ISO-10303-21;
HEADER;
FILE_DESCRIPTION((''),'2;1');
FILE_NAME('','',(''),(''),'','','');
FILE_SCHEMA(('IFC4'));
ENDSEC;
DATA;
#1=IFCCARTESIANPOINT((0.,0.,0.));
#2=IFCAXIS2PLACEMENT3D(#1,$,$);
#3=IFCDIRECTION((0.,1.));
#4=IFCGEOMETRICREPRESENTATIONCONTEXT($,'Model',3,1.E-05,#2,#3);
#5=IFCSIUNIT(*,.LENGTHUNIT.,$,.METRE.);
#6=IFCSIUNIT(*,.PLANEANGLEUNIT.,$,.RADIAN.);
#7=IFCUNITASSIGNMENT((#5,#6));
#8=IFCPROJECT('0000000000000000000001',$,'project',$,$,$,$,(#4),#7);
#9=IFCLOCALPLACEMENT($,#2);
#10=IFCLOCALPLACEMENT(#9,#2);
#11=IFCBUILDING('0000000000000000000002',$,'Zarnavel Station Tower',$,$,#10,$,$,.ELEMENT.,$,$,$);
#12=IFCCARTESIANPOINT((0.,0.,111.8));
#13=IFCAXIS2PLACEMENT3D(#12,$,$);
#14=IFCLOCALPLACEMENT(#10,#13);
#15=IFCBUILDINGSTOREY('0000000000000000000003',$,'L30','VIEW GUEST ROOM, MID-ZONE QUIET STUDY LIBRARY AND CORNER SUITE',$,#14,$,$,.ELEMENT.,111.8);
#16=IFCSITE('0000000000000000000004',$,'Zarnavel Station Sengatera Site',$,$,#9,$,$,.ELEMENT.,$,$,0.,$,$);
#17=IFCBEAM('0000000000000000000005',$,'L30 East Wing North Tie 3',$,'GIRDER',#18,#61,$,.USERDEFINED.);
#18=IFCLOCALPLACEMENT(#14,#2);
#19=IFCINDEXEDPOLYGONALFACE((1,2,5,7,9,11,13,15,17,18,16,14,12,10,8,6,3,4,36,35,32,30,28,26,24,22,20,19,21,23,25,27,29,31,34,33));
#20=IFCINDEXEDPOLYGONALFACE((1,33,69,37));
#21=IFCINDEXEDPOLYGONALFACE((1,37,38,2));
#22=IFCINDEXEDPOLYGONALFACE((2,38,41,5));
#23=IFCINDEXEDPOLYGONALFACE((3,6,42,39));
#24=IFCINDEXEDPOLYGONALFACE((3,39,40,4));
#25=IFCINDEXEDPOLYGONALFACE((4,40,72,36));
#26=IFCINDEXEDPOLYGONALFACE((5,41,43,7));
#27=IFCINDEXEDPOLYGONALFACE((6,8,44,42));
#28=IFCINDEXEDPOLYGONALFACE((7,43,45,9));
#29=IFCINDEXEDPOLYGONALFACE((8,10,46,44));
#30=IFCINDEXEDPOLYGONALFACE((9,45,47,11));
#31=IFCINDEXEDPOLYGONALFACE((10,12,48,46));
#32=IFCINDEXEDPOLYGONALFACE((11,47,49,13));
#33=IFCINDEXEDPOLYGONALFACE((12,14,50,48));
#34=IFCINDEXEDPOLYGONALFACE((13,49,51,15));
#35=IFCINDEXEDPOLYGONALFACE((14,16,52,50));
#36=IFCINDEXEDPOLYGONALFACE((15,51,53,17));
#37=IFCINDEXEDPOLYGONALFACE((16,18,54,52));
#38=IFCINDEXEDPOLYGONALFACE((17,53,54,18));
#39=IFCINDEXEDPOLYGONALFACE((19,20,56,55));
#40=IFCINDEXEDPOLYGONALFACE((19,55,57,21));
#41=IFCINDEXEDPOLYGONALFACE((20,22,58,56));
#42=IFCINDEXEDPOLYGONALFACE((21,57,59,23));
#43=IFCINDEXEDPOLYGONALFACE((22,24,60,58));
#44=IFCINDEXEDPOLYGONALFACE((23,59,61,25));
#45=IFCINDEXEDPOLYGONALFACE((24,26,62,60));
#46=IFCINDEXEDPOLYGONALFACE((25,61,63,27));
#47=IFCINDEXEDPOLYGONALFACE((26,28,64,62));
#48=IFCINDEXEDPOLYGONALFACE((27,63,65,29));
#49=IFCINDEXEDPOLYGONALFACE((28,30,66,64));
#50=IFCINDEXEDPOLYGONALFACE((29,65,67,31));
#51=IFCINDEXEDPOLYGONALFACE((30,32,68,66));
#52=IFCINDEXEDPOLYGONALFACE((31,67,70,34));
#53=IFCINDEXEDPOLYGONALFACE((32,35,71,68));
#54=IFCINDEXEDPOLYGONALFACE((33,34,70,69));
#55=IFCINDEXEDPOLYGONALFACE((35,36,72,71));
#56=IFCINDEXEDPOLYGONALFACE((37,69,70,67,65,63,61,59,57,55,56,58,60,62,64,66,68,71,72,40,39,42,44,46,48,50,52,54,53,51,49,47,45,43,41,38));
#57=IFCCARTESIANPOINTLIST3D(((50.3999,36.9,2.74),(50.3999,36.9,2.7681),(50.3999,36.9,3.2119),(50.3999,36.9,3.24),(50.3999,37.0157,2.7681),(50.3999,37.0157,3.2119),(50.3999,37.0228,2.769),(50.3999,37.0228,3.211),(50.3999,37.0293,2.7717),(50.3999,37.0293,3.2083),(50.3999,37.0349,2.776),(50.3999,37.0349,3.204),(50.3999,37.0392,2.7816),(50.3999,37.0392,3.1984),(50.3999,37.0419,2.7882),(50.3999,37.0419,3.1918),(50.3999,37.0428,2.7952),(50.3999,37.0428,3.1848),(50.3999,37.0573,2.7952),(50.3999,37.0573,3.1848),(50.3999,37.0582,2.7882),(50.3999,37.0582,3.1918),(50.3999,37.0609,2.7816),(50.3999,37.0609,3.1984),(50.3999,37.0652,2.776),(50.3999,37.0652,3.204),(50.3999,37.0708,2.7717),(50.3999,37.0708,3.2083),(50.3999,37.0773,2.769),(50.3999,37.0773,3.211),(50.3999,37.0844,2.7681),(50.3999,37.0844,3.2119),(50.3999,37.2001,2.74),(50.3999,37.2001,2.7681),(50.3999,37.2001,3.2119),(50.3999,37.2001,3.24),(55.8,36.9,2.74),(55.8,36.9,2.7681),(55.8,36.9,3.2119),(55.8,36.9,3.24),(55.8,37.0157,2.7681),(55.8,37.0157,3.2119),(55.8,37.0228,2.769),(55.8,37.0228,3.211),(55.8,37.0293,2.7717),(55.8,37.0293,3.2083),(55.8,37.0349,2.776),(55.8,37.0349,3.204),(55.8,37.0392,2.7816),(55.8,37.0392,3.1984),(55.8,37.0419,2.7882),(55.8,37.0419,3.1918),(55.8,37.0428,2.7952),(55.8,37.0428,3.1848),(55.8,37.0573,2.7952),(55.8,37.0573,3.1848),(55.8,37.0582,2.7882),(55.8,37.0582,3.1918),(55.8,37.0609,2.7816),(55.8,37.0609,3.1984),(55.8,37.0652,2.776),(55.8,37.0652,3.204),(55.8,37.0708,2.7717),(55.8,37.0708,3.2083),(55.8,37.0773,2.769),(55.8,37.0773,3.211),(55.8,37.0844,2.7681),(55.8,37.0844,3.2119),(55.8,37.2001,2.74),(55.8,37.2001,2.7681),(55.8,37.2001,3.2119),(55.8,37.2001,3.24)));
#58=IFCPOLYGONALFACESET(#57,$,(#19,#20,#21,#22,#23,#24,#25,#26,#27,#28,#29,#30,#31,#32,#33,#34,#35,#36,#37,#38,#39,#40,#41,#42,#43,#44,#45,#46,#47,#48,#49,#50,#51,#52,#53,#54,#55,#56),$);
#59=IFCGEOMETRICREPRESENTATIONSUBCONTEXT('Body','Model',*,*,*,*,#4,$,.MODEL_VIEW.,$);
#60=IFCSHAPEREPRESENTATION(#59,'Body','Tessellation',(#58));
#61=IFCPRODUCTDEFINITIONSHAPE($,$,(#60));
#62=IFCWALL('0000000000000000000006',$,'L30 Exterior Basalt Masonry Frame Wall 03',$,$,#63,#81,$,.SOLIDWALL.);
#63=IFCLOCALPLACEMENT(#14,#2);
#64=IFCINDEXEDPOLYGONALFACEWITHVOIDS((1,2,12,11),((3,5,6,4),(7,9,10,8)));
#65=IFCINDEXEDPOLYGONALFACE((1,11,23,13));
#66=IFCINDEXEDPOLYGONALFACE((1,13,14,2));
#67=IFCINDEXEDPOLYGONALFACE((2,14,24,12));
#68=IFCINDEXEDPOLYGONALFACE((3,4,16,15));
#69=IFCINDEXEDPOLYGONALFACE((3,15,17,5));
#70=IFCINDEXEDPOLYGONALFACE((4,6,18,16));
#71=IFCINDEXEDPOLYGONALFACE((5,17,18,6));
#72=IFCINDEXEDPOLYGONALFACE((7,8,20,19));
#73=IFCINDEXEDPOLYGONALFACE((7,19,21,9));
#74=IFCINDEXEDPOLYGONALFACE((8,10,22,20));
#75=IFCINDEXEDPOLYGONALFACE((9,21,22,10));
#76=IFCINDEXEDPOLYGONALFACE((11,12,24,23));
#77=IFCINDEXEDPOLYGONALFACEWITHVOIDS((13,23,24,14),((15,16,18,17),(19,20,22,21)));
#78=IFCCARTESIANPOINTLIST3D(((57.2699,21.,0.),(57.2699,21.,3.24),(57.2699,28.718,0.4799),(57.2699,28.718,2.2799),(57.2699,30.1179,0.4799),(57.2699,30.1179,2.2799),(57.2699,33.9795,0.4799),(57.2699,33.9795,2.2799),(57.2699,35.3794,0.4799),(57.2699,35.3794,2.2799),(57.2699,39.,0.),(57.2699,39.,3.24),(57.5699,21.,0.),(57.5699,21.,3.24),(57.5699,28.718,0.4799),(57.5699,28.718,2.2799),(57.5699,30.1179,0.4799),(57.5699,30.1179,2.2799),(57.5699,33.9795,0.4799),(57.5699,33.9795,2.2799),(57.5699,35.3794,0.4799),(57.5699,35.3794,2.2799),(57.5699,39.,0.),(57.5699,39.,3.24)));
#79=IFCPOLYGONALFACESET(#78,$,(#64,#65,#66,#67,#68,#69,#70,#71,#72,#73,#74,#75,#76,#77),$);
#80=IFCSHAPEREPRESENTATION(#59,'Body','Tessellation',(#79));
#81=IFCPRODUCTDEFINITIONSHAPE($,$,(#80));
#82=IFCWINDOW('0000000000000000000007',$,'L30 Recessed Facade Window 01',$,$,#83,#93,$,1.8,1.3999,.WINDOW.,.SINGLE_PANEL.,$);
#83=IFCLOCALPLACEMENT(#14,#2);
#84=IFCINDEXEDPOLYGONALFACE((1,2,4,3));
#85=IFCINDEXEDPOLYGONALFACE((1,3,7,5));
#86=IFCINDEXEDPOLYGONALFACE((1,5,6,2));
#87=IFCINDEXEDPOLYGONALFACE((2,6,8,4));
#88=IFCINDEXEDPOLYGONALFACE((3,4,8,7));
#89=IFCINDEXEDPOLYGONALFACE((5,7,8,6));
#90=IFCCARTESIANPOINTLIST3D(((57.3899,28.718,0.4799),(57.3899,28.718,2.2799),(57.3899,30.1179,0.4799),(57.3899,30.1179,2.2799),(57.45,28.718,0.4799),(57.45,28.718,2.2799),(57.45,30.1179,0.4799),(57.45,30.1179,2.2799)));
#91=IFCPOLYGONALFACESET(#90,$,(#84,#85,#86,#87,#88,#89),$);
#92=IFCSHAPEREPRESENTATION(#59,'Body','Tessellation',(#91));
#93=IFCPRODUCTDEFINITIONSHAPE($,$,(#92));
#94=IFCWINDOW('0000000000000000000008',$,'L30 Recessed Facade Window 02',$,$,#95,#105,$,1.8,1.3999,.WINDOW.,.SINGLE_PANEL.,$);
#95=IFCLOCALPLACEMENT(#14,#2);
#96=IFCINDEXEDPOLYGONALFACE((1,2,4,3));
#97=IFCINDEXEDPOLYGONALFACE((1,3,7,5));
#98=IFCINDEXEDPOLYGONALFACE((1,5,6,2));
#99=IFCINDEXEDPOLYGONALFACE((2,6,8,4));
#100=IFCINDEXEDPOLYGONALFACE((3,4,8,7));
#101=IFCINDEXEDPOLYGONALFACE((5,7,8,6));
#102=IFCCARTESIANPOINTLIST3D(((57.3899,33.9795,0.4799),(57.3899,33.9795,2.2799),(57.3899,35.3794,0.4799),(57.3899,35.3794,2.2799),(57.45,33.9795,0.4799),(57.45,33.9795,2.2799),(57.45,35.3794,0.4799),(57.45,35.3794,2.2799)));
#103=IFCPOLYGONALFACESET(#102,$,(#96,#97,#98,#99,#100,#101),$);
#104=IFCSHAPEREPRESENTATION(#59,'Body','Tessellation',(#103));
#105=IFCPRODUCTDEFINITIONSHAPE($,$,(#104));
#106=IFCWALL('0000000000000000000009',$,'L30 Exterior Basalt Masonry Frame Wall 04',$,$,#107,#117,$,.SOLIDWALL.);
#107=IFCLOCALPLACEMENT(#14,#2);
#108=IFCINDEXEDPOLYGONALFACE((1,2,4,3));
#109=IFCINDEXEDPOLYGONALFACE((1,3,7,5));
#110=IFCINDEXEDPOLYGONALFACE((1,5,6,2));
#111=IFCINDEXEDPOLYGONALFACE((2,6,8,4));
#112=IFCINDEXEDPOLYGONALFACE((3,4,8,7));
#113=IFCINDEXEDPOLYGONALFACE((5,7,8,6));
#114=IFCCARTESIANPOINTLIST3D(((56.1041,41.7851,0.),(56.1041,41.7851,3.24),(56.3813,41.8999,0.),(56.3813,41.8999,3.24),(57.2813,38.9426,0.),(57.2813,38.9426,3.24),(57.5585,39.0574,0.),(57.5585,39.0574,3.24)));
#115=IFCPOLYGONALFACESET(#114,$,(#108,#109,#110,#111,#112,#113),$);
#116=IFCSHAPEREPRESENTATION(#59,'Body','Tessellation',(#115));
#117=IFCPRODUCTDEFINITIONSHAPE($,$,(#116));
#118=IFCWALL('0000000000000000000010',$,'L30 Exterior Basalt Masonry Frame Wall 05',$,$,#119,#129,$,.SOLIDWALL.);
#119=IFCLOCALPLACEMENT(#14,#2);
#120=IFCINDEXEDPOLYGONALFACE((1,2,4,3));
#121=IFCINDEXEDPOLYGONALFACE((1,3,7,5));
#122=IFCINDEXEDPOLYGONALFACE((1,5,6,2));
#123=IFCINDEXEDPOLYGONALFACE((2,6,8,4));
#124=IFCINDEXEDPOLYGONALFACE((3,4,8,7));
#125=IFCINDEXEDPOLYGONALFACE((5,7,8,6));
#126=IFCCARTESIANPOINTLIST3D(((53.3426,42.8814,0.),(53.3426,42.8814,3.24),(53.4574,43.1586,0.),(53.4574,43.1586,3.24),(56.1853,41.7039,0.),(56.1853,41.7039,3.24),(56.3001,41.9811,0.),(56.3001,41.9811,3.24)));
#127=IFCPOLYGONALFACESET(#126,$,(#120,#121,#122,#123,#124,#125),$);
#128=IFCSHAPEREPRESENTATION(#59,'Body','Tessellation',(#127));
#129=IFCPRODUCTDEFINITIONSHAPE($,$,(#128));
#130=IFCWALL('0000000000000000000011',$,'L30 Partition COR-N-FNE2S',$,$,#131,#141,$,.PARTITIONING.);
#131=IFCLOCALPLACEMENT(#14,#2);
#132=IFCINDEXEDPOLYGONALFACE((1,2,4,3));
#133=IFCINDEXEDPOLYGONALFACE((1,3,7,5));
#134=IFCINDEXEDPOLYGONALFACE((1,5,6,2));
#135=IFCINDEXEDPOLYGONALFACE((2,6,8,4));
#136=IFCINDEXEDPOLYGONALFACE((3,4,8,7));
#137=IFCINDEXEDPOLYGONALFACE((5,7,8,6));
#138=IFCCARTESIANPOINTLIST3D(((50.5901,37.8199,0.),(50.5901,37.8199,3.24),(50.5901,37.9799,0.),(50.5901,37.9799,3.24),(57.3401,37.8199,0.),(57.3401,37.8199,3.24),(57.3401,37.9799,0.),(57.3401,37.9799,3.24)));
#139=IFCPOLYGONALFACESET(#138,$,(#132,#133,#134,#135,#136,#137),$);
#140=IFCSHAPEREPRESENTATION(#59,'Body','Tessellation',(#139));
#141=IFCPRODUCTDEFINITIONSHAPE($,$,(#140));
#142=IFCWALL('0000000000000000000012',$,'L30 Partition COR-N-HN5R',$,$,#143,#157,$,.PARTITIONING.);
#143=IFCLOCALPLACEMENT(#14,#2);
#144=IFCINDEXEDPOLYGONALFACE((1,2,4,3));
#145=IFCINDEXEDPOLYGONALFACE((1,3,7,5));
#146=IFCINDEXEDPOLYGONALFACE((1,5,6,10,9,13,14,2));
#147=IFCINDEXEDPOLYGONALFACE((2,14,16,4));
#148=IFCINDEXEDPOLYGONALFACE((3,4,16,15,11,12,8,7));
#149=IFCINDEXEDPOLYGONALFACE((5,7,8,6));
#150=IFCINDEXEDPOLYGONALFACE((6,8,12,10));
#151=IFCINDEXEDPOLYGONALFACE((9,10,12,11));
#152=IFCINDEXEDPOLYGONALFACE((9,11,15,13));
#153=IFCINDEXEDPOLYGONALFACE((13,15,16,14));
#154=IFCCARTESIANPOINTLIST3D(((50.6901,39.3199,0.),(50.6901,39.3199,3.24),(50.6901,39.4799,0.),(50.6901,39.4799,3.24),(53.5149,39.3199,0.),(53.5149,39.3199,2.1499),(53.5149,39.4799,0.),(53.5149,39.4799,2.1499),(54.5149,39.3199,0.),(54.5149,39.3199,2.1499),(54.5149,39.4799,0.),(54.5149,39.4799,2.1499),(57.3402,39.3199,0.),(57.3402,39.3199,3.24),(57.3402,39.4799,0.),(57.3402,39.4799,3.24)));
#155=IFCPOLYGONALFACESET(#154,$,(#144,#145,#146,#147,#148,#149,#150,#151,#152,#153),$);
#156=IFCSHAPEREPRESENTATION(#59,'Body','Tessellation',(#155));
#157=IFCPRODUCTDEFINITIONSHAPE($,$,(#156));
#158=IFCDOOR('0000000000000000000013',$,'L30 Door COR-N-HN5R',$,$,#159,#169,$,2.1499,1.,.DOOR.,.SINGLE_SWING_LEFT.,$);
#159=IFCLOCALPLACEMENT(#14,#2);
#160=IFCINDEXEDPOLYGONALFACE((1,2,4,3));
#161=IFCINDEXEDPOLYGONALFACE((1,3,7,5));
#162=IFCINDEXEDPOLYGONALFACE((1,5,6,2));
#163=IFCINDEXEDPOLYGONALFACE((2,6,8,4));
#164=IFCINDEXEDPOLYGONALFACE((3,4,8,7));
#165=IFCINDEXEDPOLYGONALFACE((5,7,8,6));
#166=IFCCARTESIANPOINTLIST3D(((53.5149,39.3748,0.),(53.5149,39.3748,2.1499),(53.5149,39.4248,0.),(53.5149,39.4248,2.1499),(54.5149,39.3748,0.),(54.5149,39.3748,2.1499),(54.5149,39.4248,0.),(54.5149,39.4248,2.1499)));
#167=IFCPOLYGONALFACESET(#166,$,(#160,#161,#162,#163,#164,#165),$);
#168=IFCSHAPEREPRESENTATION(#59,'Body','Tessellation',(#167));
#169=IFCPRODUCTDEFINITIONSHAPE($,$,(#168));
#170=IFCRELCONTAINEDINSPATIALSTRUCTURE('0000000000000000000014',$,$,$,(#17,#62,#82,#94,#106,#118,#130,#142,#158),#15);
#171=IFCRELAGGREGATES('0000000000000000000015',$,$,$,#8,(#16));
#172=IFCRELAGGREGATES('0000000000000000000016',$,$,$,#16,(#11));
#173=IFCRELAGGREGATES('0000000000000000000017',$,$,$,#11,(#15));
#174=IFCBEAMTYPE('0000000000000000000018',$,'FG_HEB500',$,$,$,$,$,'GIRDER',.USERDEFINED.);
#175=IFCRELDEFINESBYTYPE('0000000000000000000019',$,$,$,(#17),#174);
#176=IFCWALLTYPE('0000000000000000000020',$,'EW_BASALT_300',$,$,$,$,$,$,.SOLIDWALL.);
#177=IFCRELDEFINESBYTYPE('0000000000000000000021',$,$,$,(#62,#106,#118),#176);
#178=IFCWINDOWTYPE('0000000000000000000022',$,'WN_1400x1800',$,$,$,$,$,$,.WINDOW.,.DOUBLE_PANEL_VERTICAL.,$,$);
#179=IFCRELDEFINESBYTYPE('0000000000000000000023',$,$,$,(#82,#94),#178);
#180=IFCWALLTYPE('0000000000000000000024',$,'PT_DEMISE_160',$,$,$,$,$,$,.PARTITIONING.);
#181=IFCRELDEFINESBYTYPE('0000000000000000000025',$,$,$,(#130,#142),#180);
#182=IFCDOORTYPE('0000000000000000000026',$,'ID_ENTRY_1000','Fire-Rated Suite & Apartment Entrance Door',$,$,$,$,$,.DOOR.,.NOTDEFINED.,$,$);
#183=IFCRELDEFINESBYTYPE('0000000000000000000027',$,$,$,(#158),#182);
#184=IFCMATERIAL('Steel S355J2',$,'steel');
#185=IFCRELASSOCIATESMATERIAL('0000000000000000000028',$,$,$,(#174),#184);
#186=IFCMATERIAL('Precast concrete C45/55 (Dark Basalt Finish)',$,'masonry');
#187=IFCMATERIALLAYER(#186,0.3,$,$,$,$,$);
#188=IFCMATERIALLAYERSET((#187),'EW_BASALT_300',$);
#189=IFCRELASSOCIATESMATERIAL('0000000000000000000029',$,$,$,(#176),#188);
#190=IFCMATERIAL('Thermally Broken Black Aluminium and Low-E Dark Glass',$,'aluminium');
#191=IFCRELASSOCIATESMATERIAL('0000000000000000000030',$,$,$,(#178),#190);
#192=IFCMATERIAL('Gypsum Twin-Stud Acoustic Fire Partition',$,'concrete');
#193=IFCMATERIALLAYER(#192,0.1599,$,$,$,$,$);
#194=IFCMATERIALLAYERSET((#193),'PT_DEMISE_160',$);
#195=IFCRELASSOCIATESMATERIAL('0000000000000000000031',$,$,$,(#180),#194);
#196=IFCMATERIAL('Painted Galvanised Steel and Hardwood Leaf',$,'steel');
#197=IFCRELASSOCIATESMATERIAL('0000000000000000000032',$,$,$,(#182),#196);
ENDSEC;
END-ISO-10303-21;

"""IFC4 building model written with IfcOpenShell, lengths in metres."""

from ifc_helpers import new_model, si_unit, direction, frame, frame_2d, origin, origin_2d, place, context, subcontext, project, spatial, rectangle, i_section, extrude, material, layer, layer_set, material_profile, profile_set, type_object, element, fill, save


model = new_model("IFC4")

# Units and contexts
model_context = context("Model", 3, precision=1e-05, world=origin(), true_north=direction((0.0, 1.0)))
body_context = subcontext(model_context, "Body", "Model", "MODEL_VIEW")
ifc_project = project(units=[si_unit("LENGTHUNIT", "METRE"), si_unit("PLANEANGLEUNIT", "RADIAN")], contexts=[model_context])

# Site, building, storey
site_placement = place(None, origin())
site = spatial("IfcSite", under=ifc_project, at=site_placement, Name="Zarnavel Station Sengatera Site", CompositionType="ELEMENT", RefElevation=0.0)
building_placement = place(site_placement, origin())
building = spatial("IfcBuilding", under=site, at=building_placement, Name="Zarnavel Station Tower", CompositionType="ELEMENT")
storey_placement = place(building_placement, frame((0.0, 0.0, 111.8)))
storey = spatial("IfcBuildingStorey", under=building, at=storey_placement, Name="L30", Description="VIEW GUEST ROOM, MID-ZONE QUIET STUDY LIBRARY AND CORNER SUITE", CompositionType="ELEMENT", Elevation=111.8)

# Beam
ifc_material_1 = material(Name="Steel S355J2", Category="steel")
ifc_material_profile_1 = material_profile(ifc_material_1, i_section(OverallWidth=0.3, OverallDepth=0.5, WebThickness=0.0144, FlangeThickness=0.0281, FilletRadius=0.0271, at=origin_2d()), Name="HEB500")
ifc_profile_set_1 = profile_set([ifc_material_profile_1], Name="Steel S355J2")
beam_type = type_object("IfcBeamType", Name="FG_HEB500", ElementType="GIRDER", PredefinedType="USERDEFINED", material=ifc_profile_set_1)
beam_1_placement = place(storey_placement, frame((50.3999, 37.05, 2.99), z_axis=(1.0, 0.0, 0.0), x_axis=(0.0, 1.0, 0.0)))
element("IfcBeam", 1, at=beam_1_placement, inside=storey, type_object=beam_type, Name="L30 East Wing North Tie 3", ObjectType="GIRDER", PredefinedType="USERDEFINED", context=body_context, shape_type="SweptSolid", body=[
    extrude(i_section(OverallWidth=0.3, OverallDepth=0.5, WebThickness=0.0144, FlangeThickness=0.0281, FilletRadius=0.0271, at=origin_2d()), origin(), (0.0, 0.0, 1.0), 5.4001),
])

# Wall, openings, windows
ifc_material_2 = material(Name="Precast concrete C45/55 (Dark Basalt Finish)", Category="masonry")
ifc_layer_1 = layer(ifc_material_2, 0.3)
ifc_layer_set_1 = layer_set([ifc_layer_1], Name="EW_BASALT_300")
wall_type_1 = type_object("IfcWallType", Name="EW_BASALT_300", PredefinedType="SOLIDWALL", material=ifc_layer_set_1)
wall_1_placement = place(storey_placement, frame((57.4199, 39.0, 0.0), z_axis=(0.0, 0.0, 1.0), x_axis=(0.0, -1.0, 0.0)))
wall_1 = element("IfcWall", 2, at=wall_1_placement, inside=storey, type_object=wall_type_1, Name="L30 Exterior Basalt Masonry Frame Wall 03", PredefinedType="SOLIDWALL", context=body_context, shape_type="SweptSolid", body=[
    extrude(rectangle(XDim=18.0, YDim=0.3, at=frame_2d((9.0, 0.0))), origin(), (0.0, 0.0, 1.0), 3.24),
])
opening_1_placement = place(wall_1_placement, frame((8.8821, 0.0, 0.48)))
opening_1 = element("IfcOpeningElement", 3, at=opening_1_placement, cuts=wall_1, PredefinedType="OPENING", context=body_context, shape_type="SweptSolid", body=[
    extrude(rectangle(XDim=1.3999, YDim=1.8, at=frame_2d((0.7, 0.8999))), frame((0.0, 0.1599, 0.0), z_axis=(0.0, -1.0, 0.0), x_axis=(1.0, 0.0, 0.0)), (0.0, 0.0, 1.0), 0.3201),
])
opening_2_placement = place(wall_1_placement, frame((3.6206, 0.0, 0.48)))
opening_2 = element("IfcOpeningElement", 4, at=opening_2_placement, cuts=wall_1, PredefinedType="OPENING", context=body_context, shape_type="SweptSolid", body=[
    extrude(rectangle(XDim=1.3999, YDim=1.8, at=frame_2d((0.7, 0.8999))), frame((0.0, 0.1599, 0.0), z_axis=(0.0, -1.0, 0.0), x_axis=(1.0, 0.0, 0.0)), (0.0, 0.0, 1.0), 0.3201),
])
ifc_material_3 = material(Name="Thermally Broken Black Aluminium and Low-E Dark Glass", Category="aluminium")
window_type = type_object("IfcWindowType", Name="WN_1400x1800", PartitioningType="DOUBLE_PANEL_VERTICAL", PredefinedType="WINDOW", material=ifc_material_3)
window_1_placement = place(opening_1_placement, origin())
window_1 = element("IfcWindow", 5, at=window_1_placement, inside=storey, type_object=window_type, Name="L30 Recessed Facade Window 01", OverallHeight=1.8, OverallWidth=1.3999, PartitioningType="SINGLE_PANEL", PredefinedType="WINDOW", context=body_context, shape_type="SweptSolid", body=[
    extrude(rectangle(XDim=1.3999, YDim=1.8, at=frame_2d((0.7, 0.8999))), frame((0.0, 0.03, 0.0), z_axis=(0.0, -1.0, 0.0), x_axis=(1.0, 0.0, 0.0)), (0.0, 0.0, 1.0), 0.0601),
])
fill(opening_1, window_1)
window_2_placement = place(opening_2_placement, origin())
window_2 = element("IfcWindow", 6, at=window_2_placement, inside=storey, type_object=window_type, Name="L30 Recessed Facade Window 02", OverallHeight=1.8, OverallWidth=1.3999, PartitioningType="SINGLE_PANEL", PredefinedType="WINDOW", context=body_context, shape_type="SweptSolid", body=[
    extrude(rectangle(XDim=1.3999, YDim=1.8, at=frame_2d((0.7, 0.8999))), frame((0.0, 0.03, 0.0), z_axis=(0.0, -1.0, 0.0), x_axis=(1.0, 0.0, 0.0)), (0.0, 0.0, 1.0), 0.0601),
])
fill(opening_2, window_2)

# Walls
wall_2_placement = place(storey_placement, frame((56.2427, 41.8425, 0.0), z_axis=(0.0, 0.0, 1.0), x_axis=(0.382637, -0.923899, 0.0)))
element("IfcWall", 7, at=wall_2_placement, inside=storey, type_object=wall_type_1, Name="L30 Exterior Basalt Masonry Frame Wall 04", PredefinedType="SOLIDWALL", context=body_context, shape_type="SweptSolid", body=[
    extrude(rectangle(XDim=3.0767, YDim=0.3, at=frame_2d((1.5383, 0.0))), origin(), (0.0, 0.0, 1.0), 3.24),
])
wall_3_placement = place(storey_placement, frame((53.3999, 43.02, 0.0), z_axis=(0.0, 0.0, 1.0), x_axis=(0.923882, -0.382676, 0.0)))
element("IfcWall", 8, at=wall_3_placement, inside=storey, type_object=wall_type_1, Name="L30 Exterior Basalt Masonry Frame Wall 05", PredefinedType="SOLIDWALL", context=body_context, shape_type="SweptSolid", body=[
    extrude(rectangle(XDim=3.0769, YDim=0.3, at=frame_2d((1.5386, 0.0))), origin(), (0.0, 0.0, 1.0), 3.24),
])
ifc_material_4 = material(Name="Gypsum Twin-Stud Acoustic Fire Partition", Category="concrete")
ifc_layer_2 = layer(ifc_material_4, 0.1599)
ifc_layer_set_2 = layer_set([ifc_layer_2], Name="PT_DEMISE_160")
wall_type_2 = type_object("IfcWallType", Name="PT_DEMISE_160", PredefinedType="PARTITIONING", material=ifc_layer_set_2)
wall_4_placement = place(storey_placement, frame((50.5901, 37.8999, 0.0), z_axis=(0.0, 0.0, 1.0), x_axis=(1.0, 0.0, 0.0)))
element("IfcWall", 9, at=wall_4_placement, inside=storey, type_object=wall_type_2, Name="L30 Partition COR-N-FNE2S", PredefinedType="PARTITIONING", context=body_context, shape_type="SweptSolid", body=[
    extrude(rectangle(XDim=6.75, YDim=0.1599, at=frame_2d((3.375, 0.0))), origin(), (0.0, 0.0, 1.0), 3.24),
])

# Wall, opening, door
wall_5_placement = place(storey_placement, frame((50.6899, 39.3999, 0.0), z_axis=(0.0, 0.0, 1.0), x_axis=(1.0, 0.0, 0.0)))
wall_5 = element("IfcWall", 10, at=wall_5_placement, inside=storey, type_object=wall_type_2, Name="L30 Partition COR-N-HN5R", PredefinedType="PARTITIONING", context=body_context, shape_type="SweptSolid", body=[
    extrude(rectangle(XDim=6.6501, YDim=0.1599, at=frame_2d((3.3252, 0.0))), origin(), (0.0, 0.0, 1.0), 3.24),
])
opening_3_placement = place(wall_5_placement, frame((2.825, 0.0, 0.0)))
opening_3 = element("IfcOpeningElement", 11, at=opening_3_placement, cuts=wall_5, PredefinedType="OPENING", context=body_context, shape_type="SweptSolid", body=[
    extrude(rectangle(XDim=1.0, YDim=2.1499, at=frame_2d((0.5, 1.075))), frame((0.0, 0.0898, 0.0), z_axis=(0.0, -1.0, 0.0), x_axis=(1.0, 0.0, 0.0)), (0.0, 0.0, 1.0), 0.1799),
])
ifc_material_5 = material(Name="Painted Galvanised Steel and Hardwood Leaf", Category="steel")
door_type_1 = type_object("IfcDoorType", Name="ID_ENTRY_1000", Description="Fire-Rated Suite & Apartment Entrance Door", OperationType="NOTDEFINED", PredefinedType="DOOR", material=ifc_material_5)
door_1_placement = place(opening_3_placement, origin())
door_1 = element("IfcDoor", 12, at=door_1_placement, inside=storey, type_object=door_type_1, Name="L30 Door COR-N-HN5R", OperationType="SINGLE_SWING_LEFT", OverallHeight=2.1499, OverallWidth=1.0, PredefinedType="DOOR", context=body_context, shape_type="SweptSolid", body=[
    extrude(rectangle(XDim=1.0, YDim=2.1499, at=frame_2d((0.5, 1.075))), frame((0.0, 0.0249, 0.0), z_axis=(0.0, -1.0, 0.0), x_axis=(1.0, 0.0, 0.0)), (0.0, 0.0, 1.0), 0.05),
])
fill(opening_3, door_1)

save(model, "model.ifc")
